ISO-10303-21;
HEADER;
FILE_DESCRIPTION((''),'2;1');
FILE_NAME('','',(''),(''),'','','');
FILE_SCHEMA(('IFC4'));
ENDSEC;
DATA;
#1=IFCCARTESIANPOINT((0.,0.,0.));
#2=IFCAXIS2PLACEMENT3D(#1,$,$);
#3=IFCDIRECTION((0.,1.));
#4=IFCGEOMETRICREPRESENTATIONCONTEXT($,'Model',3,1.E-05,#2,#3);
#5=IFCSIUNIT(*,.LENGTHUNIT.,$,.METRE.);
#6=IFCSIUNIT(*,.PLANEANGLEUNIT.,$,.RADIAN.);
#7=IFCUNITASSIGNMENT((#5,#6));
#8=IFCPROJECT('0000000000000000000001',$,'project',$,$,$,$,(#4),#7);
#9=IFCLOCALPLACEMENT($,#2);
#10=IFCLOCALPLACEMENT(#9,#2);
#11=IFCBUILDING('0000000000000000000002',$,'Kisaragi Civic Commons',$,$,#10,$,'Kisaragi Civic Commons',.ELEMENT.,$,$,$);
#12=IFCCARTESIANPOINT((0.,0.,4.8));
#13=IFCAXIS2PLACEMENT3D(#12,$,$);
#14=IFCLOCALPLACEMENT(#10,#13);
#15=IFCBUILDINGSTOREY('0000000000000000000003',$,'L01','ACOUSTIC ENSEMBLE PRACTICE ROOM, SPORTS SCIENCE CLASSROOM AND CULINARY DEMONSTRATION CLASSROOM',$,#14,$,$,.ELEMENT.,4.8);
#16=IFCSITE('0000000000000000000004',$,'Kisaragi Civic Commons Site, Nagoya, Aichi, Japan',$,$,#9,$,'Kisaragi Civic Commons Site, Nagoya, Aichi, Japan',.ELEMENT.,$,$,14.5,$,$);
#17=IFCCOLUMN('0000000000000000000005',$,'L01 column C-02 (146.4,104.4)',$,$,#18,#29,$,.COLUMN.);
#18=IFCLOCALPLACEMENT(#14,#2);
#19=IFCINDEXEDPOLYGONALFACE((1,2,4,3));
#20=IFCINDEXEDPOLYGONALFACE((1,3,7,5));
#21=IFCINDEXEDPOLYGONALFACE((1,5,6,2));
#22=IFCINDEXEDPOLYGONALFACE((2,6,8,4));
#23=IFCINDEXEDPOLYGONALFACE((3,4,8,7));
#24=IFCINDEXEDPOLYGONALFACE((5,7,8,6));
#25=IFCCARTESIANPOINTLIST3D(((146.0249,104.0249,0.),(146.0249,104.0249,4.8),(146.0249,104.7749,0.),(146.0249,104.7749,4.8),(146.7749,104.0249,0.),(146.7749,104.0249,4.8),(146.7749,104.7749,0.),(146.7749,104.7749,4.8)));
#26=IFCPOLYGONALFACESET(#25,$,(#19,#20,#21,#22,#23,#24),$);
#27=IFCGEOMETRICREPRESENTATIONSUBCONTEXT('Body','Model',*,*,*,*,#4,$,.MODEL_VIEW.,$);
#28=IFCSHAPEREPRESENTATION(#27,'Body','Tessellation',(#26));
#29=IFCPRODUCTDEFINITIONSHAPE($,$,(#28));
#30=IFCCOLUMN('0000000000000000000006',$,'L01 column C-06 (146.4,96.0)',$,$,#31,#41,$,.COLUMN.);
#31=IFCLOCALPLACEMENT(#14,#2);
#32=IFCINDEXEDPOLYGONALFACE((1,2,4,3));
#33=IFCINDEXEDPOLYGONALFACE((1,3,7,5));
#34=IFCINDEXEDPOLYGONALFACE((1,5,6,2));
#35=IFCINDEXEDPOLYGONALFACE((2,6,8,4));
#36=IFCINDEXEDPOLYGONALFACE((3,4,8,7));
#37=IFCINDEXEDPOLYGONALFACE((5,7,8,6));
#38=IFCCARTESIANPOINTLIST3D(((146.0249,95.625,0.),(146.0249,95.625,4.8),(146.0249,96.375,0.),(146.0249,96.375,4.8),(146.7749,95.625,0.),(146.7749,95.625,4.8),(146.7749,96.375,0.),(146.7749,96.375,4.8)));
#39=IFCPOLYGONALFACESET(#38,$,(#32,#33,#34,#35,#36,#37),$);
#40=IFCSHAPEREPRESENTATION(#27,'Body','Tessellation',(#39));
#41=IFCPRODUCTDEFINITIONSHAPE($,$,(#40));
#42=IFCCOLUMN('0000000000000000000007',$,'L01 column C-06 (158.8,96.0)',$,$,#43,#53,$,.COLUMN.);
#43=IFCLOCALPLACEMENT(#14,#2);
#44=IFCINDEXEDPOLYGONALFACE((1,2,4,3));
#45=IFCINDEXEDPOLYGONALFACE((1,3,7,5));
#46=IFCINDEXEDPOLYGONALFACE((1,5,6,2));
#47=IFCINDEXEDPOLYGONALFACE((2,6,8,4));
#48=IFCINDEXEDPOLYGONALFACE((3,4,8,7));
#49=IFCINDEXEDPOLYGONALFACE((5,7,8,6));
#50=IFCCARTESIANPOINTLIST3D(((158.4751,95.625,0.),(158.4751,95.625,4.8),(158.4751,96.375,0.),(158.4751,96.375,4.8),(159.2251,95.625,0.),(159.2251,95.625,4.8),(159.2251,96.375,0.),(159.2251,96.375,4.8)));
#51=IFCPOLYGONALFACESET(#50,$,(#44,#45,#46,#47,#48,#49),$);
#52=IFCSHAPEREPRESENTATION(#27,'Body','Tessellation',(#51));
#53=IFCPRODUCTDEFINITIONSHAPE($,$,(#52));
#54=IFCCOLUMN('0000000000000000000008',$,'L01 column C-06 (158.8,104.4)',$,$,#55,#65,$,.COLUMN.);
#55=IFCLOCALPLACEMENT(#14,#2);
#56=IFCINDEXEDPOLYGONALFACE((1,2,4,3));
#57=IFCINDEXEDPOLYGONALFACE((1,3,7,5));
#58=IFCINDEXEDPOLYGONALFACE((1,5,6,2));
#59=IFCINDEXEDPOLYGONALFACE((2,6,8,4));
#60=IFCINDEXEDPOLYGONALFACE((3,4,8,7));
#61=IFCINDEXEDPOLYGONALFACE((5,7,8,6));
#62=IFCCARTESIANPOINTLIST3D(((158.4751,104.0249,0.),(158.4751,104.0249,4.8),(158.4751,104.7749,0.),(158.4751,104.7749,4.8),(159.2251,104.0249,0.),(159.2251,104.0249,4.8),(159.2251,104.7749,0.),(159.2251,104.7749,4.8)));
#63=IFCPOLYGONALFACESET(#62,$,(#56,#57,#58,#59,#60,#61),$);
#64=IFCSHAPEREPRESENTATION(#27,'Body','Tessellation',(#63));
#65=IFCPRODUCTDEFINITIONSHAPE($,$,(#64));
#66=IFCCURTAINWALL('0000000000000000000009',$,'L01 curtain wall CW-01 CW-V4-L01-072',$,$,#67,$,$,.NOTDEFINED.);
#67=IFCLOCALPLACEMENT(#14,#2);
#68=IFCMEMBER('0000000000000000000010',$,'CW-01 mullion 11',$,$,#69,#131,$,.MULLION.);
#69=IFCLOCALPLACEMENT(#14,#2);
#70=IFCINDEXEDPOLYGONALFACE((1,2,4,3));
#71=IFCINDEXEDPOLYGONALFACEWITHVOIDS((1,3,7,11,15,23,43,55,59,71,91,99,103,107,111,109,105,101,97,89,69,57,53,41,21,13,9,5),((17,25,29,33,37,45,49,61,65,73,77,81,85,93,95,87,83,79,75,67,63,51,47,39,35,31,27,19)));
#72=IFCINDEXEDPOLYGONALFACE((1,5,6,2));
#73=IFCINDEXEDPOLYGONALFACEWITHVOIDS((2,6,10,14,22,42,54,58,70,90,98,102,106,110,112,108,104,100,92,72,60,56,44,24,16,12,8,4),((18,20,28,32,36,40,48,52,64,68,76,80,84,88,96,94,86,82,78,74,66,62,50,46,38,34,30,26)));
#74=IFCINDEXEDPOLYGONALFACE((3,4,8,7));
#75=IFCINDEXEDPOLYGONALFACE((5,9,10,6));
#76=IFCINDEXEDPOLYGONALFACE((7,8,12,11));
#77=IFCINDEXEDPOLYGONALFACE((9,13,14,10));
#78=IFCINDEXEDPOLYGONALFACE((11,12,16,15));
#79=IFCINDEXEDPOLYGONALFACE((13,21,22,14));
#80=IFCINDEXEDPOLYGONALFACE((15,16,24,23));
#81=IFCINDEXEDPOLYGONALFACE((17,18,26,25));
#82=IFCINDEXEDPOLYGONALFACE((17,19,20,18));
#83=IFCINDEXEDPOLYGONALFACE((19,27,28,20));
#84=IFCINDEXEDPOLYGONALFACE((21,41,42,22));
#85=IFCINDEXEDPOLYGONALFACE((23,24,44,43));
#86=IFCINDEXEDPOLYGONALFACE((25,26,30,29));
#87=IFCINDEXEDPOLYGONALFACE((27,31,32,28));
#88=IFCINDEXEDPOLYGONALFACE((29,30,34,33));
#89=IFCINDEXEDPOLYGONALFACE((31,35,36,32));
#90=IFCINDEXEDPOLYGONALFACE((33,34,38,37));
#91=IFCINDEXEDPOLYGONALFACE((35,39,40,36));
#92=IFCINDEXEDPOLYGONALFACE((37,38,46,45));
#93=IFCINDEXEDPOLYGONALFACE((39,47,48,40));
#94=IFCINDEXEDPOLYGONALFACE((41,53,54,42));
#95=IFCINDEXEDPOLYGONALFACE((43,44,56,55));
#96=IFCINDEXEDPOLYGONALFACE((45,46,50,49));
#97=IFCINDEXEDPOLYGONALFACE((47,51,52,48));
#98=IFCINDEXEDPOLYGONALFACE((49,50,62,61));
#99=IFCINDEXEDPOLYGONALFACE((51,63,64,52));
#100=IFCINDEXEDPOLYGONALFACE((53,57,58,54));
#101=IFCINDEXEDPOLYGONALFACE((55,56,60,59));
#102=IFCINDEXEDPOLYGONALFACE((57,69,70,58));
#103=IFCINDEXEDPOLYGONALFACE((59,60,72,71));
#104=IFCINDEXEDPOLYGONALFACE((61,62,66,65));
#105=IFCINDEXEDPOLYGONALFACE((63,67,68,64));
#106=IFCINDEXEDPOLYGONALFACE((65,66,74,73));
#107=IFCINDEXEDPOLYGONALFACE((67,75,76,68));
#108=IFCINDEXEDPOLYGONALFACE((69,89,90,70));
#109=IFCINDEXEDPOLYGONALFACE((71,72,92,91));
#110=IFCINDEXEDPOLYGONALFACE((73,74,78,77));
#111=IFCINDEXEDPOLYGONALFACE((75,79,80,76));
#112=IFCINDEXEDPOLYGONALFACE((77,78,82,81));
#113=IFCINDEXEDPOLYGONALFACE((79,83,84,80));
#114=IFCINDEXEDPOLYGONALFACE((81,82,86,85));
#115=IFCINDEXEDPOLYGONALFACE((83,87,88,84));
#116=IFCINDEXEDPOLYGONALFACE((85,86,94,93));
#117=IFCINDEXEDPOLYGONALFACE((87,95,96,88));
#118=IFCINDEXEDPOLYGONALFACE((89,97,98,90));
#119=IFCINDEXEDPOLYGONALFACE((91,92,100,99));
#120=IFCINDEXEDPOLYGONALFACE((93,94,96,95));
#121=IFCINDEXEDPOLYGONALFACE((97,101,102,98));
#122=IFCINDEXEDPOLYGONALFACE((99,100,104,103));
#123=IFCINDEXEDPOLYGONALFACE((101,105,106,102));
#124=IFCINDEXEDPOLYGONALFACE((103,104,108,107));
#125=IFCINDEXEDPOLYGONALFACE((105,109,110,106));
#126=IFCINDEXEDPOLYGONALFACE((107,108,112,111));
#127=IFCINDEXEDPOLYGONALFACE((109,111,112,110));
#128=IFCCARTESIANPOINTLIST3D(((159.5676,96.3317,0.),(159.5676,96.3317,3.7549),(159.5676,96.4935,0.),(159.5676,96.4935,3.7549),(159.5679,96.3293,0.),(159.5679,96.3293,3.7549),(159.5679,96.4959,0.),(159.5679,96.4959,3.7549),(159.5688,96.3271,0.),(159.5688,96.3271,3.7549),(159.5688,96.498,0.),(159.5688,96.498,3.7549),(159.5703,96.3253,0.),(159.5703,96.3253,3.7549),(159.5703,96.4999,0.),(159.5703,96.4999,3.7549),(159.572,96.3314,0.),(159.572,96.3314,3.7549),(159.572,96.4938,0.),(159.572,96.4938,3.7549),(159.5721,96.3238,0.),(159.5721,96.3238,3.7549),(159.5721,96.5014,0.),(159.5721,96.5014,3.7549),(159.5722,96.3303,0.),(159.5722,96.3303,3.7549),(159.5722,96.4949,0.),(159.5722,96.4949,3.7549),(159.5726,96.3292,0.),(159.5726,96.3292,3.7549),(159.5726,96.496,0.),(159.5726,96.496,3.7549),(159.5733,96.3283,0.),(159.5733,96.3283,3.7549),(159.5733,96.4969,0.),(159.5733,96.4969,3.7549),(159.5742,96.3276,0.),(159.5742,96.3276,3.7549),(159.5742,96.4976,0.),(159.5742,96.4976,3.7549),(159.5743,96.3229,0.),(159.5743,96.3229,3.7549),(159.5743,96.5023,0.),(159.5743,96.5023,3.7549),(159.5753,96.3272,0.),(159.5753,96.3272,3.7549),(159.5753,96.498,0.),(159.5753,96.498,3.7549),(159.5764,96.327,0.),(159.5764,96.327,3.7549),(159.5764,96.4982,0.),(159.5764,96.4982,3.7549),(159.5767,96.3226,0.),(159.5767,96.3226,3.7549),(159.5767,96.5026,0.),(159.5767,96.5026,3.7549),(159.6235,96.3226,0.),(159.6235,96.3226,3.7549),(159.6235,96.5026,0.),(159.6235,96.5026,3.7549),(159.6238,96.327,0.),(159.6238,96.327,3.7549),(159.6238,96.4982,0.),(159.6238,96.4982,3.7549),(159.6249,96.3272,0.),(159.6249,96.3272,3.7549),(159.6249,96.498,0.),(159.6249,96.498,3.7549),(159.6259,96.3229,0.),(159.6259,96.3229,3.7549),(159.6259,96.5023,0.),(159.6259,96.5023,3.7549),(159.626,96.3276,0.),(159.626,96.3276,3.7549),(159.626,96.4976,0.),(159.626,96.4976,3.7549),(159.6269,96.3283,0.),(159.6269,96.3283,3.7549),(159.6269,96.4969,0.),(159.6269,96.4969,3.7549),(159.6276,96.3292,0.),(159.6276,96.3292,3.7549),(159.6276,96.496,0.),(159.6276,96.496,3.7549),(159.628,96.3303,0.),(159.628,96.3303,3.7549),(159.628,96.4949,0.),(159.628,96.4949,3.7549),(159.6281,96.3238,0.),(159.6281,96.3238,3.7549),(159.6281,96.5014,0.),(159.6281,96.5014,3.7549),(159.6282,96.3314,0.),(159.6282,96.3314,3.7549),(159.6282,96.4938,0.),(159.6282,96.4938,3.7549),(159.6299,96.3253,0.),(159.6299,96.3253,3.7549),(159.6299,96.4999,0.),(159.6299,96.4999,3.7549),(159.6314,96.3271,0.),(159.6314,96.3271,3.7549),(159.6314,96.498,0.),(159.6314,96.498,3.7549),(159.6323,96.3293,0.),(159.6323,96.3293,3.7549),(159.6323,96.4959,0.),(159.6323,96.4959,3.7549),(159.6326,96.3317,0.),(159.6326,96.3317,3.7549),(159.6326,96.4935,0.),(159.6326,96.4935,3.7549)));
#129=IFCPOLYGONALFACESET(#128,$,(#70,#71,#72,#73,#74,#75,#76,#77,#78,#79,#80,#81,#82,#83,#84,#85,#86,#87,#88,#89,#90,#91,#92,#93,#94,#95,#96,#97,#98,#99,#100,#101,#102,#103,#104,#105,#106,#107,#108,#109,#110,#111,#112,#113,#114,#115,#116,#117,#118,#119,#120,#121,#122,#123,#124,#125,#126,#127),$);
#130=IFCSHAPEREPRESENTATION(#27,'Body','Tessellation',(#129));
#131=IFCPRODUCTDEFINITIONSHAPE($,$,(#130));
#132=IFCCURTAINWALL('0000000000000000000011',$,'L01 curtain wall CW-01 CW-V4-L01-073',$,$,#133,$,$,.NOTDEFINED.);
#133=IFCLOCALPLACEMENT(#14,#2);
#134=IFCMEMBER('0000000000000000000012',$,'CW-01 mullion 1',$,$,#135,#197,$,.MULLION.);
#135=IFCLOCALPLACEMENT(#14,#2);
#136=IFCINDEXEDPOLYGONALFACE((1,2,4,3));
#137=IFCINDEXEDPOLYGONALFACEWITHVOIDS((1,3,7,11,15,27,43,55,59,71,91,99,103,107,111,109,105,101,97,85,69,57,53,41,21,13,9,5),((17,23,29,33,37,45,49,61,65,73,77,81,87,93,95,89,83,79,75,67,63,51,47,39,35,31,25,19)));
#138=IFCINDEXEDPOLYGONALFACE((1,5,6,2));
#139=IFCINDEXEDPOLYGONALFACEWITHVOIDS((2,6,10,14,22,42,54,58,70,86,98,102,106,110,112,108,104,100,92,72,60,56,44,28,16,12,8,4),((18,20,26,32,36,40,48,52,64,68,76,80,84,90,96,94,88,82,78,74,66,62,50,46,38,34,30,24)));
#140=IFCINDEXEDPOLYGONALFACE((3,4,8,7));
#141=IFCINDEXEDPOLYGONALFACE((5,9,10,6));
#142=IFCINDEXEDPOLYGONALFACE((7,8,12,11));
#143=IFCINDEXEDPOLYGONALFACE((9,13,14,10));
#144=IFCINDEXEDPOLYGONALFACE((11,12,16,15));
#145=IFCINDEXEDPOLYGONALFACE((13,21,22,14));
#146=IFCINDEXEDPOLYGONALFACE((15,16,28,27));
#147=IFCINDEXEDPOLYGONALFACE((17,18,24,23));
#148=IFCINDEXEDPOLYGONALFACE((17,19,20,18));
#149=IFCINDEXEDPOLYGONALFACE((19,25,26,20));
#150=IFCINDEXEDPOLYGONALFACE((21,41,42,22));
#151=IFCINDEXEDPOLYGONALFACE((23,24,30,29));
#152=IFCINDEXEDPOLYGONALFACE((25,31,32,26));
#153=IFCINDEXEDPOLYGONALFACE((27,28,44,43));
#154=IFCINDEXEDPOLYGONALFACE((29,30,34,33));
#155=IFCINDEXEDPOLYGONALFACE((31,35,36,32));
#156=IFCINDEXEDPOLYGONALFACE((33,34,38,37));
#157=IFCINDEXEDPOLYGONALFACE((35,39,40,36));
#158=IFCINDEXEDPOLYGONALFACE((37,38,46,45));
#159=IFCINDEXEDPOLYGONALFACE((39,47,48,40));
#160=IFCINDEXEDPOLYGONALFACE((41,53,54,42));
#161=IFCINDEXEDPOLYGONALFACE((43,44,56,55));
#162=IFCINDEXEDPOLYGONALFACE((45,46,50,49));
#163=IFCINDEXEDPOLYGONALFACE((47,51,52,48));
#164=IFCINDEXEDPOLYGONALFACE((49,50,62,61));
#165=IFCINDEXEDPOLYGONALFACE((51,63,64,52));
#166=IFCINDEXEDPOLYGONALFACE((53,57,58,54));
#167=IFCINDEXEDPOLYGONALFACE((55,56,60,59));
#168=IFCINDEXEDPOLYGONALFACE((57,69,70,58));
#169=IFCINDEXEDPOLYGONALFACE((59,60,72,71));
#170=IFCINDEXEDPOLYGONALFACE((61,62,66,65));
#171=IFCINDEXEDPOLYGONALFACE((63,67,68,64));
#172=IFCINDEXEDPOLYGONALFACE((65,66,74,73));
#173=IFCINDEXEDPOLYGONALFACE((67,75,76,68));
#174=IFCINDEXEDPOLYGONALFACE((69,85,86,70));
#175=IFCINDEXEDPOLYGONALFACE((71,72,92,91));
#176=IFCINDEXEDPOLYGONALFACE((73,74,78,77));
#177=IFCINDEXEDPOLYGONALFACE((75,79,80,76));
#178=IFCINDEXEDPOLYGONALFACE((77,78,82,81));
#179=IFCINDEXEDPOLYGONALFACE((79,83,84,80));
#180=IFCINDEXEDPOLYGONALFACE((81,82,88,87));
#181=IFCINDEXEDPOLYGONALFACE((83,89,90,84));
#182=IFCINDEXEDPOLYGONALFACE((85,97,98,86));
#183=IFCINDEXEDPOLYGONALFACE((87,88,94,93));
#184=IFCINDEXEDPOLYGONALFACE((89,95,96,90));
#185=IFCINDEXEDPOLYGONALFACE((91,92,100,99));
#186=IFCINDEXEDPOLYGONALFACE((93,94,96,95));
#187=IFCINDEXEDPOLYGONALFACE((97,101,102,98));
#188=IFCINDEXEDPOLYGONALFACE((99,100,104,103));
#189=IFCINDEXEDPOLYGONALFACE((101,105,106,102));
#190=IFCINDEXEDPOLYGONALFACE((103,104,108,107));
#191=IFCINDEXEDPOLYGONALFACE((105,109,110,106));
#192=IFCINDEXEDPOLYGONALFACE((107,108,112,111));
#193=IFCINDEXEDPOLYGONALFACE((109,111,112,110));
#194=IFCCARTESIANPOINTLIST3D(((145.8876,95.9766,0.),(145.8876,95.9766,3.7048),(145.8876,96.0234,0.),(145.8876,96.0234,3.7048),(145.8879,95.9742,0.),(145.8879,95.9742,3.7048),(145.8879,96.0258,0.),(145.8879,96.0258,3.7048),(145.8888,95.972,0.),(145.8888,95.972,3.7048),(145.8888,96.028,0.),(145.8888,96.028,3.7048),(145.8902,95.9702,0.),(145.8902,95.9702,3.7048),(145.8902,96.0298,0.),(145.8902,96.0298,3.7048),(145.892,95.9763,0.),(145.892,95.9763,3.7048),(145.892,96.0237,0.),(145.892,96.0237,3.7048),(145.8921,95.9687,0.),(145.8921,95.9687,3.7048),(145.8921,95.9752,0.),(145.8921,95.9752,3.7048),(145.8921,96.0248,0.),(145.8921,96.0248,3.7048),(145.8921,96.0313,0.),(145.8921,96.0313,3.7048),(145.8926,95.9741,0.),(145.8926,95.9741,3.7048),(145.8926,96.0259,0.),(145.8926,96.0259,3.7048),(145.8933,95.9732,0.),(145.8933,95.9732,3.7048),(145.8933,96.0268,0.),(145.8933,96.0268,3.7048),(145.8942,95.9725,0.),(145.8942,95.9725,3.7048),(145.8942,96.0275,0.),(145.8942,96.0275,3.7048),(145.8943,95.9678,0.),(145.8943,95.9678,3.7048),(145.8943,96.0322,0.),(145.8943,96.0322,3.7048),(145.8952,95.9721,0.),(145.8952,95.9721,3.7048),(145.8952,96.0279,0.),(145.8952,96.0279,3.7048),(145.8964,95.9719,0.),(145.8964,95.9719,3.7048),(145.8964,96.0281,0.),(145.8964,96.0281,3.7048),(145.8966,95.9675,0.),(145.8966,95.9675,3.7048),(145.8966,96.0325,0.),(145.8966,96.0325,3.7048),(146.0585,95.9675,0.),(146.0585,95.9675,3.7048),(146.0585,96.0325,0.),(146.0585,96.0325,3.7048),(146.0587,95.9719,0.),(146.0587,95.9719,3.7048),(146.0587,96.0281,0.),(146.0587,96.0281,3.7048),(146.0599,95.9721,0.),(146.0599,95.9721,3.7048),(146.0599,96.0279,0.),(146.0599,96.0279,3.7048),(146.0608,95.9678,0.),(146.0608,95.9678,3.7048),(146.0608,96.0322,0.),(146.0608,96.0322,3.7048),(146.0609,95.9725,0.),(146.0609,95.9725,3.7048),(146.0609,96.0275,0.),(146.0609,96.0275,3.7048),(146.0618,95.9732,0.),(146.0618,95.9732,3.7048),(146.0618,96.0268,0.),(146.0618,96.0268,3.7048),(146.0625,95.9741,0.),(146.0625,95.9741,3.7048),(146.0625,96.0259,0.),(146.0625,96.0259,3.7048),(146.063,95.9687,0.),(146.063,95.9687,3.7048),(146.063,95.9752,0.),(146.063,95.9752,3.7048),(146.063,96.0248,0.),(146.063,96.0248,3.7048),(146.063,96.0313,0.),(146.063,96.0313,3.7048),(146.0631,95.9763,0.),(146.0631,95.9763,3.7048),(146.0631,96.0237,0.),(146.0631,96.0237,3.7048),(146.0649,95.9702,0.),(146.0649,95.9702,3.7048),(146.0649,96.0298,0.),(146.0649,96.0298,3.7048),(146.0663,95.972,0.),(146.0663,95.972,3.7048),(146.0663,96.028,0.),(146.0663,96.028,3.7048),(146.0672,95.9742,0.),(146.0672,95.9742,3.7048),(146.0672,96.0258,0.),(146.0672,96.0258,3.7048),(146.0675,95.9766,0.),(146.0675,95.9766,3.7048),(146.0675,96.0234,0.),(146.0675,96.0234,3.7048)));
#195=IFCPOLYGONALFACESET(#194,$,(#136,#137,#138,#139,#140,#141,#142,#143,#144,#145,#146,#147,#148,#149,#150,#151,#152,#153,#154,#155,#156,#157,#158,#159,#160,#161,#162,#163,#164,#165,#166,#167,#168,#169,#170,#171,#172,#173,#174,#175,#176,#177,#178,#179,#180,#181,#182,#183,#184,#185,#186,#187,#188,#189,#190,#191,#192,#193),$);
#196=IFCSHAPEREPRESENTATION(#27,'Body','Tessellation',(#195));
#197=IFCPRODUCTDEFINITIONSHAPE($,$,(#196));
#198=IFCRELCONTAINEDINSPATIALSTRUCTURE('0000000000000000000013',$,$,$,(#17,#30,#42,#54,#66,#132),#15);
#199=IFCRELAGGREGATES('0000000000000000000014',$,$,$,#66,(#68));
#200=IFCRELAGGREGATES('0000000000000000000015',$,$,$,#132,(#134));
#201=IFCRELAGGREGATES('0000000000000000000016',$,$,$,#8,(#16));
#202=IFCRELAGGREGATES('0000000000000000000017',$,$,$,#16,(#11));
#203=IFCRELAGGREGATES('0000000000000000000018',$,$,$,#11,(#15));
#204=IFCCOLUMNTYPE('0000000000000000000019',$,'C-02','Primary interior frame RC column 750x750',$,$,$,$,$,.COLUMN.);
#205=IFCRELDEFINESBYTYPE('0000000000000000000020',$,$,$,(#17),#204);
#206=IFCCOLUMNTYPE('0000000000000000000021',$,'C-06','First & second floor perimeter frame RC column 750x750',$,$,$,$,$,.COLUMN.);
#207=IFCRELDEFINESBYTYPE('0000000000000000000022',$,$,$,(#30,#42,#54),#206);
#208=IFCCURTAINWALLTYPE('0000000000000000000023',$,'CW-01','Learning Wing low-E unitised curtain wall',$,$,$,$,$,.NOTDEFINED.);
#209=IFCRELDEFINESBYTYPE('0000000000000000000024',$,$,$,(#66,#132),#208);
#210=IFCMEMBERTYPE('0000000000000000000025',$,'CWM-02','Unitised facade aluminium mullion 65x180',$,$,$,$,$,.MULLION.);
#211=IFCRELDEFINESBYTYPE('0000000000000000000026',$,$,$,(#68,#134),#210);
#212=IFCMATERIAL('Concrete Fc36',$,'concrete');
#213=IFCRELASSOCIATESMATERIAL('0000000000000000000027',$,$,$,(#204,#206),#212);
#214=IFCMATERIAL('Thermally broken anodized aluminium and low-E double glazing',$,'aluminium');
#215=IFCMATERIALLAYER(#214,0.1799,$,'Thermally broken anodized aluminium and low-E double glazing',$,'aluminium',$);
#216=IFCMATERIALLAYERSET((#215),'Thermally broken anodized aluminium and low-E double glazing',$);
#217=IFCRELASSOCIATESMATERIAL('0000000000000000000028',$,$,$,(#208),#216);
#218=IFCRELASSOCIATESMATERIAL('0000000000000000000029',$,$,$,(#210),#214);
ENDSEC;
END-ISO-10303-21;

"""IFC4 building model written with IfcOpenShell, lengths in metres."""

from ifc_helpers import new_model, si_unit, direction, frame, origin, origin_2d, place, context, subcontext, project, spatial, rectangle, hollow_rectangle, extrude, material, layer, layer_set, material_profile, profile_set, type_object, element, aggregate, save


model = new_model("IFC4")

# Units and contexts
model_context = context("Model", 3, precision=1e-05, world=origin(), true_north=direction((0.0, 1.0)))
body_context = subcontext(model_context, "Body", "Model", "MODEL_VIEW")
ifc_project = project(units=[si_unit("LENGTHUNIT", "METRE"), si_unit("PLANEANGLEUNIT", "RADIAN")], contexts=[model_context])

# Site, building, storey
site_placement = place(None, origin())
site = spatial("IfcSite", under=ifc_project, at=site_placement, Name="Kisaragi Civic Commons Site, Nagoya, Aichi, Japan", LongName="Kisaragi Civic Commons Site, Nagoya, Aichi, Japan", CompositionType="ELEMENT", RefElevation=14.5)
building_placement = place(site_placement, origin())
building = spatial("IfcBuilding", under=site, at=building_placement, Name="Kisaragi Civic Commons", LongName="Kisaragi Civic Commons", CompositionType="ELEMENT")
storey_placement = place(building_placement, frame((0.0, 0.0, 4.8)))
storey = spatial("IfcBuildingStorey", under=building, at=storey_placement, Name="L01", Description="ACOUSTIC ENSEMBLE PRACTICE ROOM, SPORTS SCIENCE CLASSROOM AND CULINARY DEMONSTRATION CLASSROOM", CompositionType="ELEMENT", Elevation=4.8)

# Columns
ifc_material_1 = material(Name="Concrete Fc36", Category="concrete")
ifc_material_profile_1 = material_profile(ifc_material_1, rectangle(XDim=0.75, YDim=0.75, at=origin_2d()), Name="RC-750x750", Category="concrete")
ifc_profile_set_1 = profile_set([ifc_material_profile_1], Name="Concrete Fc36")
column_type_1 = type_object("IfcColumnType", Name="C-02", Description="Primary interior frame RC column 750x750", PredefinedType="COLUMN", material=ifc_profile_set_1)
column_placement = place(storey_placement, frame((146.3999, 104.3999, 0.0), z_axis=(0.0, 0.0, 1.0), x_axis=(1.0, 0.0, 0.0)))
element("IfcColumn", 1, at=column_placement, inside=storey, type_object=column_type_1, Name="L01 column C-02 (146.4,104.4)", PredefinedType="COLUMN", context=body_context, shape_type="SweptSolid", body=[
    extrude(rectangle(XDim=0.75, YDim=0.75, at=origin_2d()), origin(), (0.0, 0.0, 1.0), 4.8),
])
ifc_material_profile_2 = material_profile(ifc_material_1, rectangle(XDim=0.75, YDim=0.75, at=origin_2d()), Name="RC-750x750", Category="concrete")
ifc_profile_set_2 = profile_set([ifc_material_profile_2], Name="Concrete Fc36")
column_type_2 = type_object("IfcColumnType", Name="C-06", Description="First & second floor perimeter frame RC column 750x750", PredefinedType="COLUMN", material=ifc_profile_set_2)
for number, where, z_axis, x_axis, name in (
    (2, (146.3999, 96.0, 0.0), (0.0, 0.0, 1.0), (1.0, 0.0, 0.0), "L01 column C-06 (146.4,96.0)"),
    (3, (158.8501, 96.0, 0.0), (0.0, 0.0, 1.0), (1.0, 0.0, 0.0), "L01 column C-06 (158.8,96.0)"),
    (4, (158.8501, 104.3999, 0.0), (0.0, 0.0, 1.0), (1.0, 0.0, 0.0), "L01 column C-06 (158.8,104.4)"),
):
    element("IfcColumn", number, at=place(storey_placement, frame(where, z_axis=z_axis, x_axis=x_axis)), inside=storey, type_object=column_type_2, Name=name, PredefinedType="COLUMN", context=body_context, shape_type="SweptSolid", body=[
        extrude(rectangle(XDim=0.75, YDim=0.75, at=origin_2d()), origin(), (0.0, 0.0, 1.0), 4.8),
    ])

# Curtain wall, member
ifc_material_2 = material(Name="Thermally broken anodized aluminium and low-E double glazing", Category="aluminium")
ifc_layer_1 = layer(ifc_material_2, 0.1799, Name="Thermally broken anodized aluminium and low-E double glazing", Category="aluminium")
ifc_layer_set_1 = layer_set([ifc_layer_1], Name="Thermally broken anodized aluminium and low-E double glazing")
curtain_wall_type = type_object("IfcCurtainWallType", Name="CW-01", Description="Learning Wing low-E unitised curtain wall", PredefinedType="NOTDEFINED", material=ifc_layer_set_1)
curtain_wall_1_placement = place(storey_placement, origin())
curtain_wall_1 = element("IfcCurtainWall", 5, at=curtain_wall_1_placement, inside=storey, type_object=curtain_wall_type, Name="L01 curtain wall CW-01 CW-V4-L01-072", PredefinedType="NOTDEFINED")
ifc_material_profile_3 = material_profile(ifc_material_2, hollow_rectangle(XDim=0.0649, YDim=0.1799, WallThickness=0.0044, InnerFilletRadius=0.0044, OuterFilletRadius=0.009, at=origin_2d()), Name="CWM-65x180x4.5", Category="aluminium")
ifc_profile_set_3 = profile_set([ifc_material_profile_3], Name="Thermally broken anodized aluminium and low-E double glazing")
member_type_1 = type_object("IfcMemberType", Name="CWM-02", Description="Unitised facade aluminium mullion 65x180", PredefinedType="MULLION", material=ifc_profile_set_3)
member_1_placement = place(storey_placement, frame((159.6001, 96.4126, 0.0), z_axis=(0.0, 0.0, 1.0), x_axis=(1.0, 0.0, 0.0)))
member_1 = element("IfcMember", 6, at=member_1_placement, type_object=member_type_1, Name="CW-01 mullion 11", PredefinedType="MULLION", context=body_context, shape_type="SweptSolid", body=[
    extrude(hollow_rectangle(XDim=0.0649, YDim=0.1799, WallThickness=0.0044, InnerFilletRadius=0.0044, OuterFilletRadius=0.009, at=origin_2d()), origin(), (0.0, 0.0, 1.0), 3.7549),
])

# Curtain wall, member
curtain_wall_2_placement = place(storey_placement, origin())
curtain_wall_2 = element("IfcCurtainWall", 7, at=curtain_wall_2_placement, inside=storey, type_object=curtain_wall_type, Name="L01 curtain wall CW-01 CW-V4-L01-073", PredefinedType="NOTDEFINED")
member_2_placement = place(storey_placement, frame((145.9775, 96.0, 0.0), z_axis=(0.0, 0.0, 1.0), x_axis=(0.0, -1.0, 0.0)))
member_2 = element("IfcMember", 8, at=member_2_placement, type_object=member_type_1, Name="CW-01 mullion 1", PredefinedType="MULLION", context=body_context, shape_type="SweptSolid", body=[
    extrude(hollow_rectangle(XDim=0.0649, YDim=0.1799, WallThickness=0.0044, InnerFilletRadius=0.0044, OuterFilletRadius=0.009, at=origin_2d()), origin(), (0.0, 0.0, 1.0), 3.7048),
])

aggregate(curtain_wall_1, [member_1])
aggregate(curtain_wall_2, [member_2])

save(model, "model.ifc")
